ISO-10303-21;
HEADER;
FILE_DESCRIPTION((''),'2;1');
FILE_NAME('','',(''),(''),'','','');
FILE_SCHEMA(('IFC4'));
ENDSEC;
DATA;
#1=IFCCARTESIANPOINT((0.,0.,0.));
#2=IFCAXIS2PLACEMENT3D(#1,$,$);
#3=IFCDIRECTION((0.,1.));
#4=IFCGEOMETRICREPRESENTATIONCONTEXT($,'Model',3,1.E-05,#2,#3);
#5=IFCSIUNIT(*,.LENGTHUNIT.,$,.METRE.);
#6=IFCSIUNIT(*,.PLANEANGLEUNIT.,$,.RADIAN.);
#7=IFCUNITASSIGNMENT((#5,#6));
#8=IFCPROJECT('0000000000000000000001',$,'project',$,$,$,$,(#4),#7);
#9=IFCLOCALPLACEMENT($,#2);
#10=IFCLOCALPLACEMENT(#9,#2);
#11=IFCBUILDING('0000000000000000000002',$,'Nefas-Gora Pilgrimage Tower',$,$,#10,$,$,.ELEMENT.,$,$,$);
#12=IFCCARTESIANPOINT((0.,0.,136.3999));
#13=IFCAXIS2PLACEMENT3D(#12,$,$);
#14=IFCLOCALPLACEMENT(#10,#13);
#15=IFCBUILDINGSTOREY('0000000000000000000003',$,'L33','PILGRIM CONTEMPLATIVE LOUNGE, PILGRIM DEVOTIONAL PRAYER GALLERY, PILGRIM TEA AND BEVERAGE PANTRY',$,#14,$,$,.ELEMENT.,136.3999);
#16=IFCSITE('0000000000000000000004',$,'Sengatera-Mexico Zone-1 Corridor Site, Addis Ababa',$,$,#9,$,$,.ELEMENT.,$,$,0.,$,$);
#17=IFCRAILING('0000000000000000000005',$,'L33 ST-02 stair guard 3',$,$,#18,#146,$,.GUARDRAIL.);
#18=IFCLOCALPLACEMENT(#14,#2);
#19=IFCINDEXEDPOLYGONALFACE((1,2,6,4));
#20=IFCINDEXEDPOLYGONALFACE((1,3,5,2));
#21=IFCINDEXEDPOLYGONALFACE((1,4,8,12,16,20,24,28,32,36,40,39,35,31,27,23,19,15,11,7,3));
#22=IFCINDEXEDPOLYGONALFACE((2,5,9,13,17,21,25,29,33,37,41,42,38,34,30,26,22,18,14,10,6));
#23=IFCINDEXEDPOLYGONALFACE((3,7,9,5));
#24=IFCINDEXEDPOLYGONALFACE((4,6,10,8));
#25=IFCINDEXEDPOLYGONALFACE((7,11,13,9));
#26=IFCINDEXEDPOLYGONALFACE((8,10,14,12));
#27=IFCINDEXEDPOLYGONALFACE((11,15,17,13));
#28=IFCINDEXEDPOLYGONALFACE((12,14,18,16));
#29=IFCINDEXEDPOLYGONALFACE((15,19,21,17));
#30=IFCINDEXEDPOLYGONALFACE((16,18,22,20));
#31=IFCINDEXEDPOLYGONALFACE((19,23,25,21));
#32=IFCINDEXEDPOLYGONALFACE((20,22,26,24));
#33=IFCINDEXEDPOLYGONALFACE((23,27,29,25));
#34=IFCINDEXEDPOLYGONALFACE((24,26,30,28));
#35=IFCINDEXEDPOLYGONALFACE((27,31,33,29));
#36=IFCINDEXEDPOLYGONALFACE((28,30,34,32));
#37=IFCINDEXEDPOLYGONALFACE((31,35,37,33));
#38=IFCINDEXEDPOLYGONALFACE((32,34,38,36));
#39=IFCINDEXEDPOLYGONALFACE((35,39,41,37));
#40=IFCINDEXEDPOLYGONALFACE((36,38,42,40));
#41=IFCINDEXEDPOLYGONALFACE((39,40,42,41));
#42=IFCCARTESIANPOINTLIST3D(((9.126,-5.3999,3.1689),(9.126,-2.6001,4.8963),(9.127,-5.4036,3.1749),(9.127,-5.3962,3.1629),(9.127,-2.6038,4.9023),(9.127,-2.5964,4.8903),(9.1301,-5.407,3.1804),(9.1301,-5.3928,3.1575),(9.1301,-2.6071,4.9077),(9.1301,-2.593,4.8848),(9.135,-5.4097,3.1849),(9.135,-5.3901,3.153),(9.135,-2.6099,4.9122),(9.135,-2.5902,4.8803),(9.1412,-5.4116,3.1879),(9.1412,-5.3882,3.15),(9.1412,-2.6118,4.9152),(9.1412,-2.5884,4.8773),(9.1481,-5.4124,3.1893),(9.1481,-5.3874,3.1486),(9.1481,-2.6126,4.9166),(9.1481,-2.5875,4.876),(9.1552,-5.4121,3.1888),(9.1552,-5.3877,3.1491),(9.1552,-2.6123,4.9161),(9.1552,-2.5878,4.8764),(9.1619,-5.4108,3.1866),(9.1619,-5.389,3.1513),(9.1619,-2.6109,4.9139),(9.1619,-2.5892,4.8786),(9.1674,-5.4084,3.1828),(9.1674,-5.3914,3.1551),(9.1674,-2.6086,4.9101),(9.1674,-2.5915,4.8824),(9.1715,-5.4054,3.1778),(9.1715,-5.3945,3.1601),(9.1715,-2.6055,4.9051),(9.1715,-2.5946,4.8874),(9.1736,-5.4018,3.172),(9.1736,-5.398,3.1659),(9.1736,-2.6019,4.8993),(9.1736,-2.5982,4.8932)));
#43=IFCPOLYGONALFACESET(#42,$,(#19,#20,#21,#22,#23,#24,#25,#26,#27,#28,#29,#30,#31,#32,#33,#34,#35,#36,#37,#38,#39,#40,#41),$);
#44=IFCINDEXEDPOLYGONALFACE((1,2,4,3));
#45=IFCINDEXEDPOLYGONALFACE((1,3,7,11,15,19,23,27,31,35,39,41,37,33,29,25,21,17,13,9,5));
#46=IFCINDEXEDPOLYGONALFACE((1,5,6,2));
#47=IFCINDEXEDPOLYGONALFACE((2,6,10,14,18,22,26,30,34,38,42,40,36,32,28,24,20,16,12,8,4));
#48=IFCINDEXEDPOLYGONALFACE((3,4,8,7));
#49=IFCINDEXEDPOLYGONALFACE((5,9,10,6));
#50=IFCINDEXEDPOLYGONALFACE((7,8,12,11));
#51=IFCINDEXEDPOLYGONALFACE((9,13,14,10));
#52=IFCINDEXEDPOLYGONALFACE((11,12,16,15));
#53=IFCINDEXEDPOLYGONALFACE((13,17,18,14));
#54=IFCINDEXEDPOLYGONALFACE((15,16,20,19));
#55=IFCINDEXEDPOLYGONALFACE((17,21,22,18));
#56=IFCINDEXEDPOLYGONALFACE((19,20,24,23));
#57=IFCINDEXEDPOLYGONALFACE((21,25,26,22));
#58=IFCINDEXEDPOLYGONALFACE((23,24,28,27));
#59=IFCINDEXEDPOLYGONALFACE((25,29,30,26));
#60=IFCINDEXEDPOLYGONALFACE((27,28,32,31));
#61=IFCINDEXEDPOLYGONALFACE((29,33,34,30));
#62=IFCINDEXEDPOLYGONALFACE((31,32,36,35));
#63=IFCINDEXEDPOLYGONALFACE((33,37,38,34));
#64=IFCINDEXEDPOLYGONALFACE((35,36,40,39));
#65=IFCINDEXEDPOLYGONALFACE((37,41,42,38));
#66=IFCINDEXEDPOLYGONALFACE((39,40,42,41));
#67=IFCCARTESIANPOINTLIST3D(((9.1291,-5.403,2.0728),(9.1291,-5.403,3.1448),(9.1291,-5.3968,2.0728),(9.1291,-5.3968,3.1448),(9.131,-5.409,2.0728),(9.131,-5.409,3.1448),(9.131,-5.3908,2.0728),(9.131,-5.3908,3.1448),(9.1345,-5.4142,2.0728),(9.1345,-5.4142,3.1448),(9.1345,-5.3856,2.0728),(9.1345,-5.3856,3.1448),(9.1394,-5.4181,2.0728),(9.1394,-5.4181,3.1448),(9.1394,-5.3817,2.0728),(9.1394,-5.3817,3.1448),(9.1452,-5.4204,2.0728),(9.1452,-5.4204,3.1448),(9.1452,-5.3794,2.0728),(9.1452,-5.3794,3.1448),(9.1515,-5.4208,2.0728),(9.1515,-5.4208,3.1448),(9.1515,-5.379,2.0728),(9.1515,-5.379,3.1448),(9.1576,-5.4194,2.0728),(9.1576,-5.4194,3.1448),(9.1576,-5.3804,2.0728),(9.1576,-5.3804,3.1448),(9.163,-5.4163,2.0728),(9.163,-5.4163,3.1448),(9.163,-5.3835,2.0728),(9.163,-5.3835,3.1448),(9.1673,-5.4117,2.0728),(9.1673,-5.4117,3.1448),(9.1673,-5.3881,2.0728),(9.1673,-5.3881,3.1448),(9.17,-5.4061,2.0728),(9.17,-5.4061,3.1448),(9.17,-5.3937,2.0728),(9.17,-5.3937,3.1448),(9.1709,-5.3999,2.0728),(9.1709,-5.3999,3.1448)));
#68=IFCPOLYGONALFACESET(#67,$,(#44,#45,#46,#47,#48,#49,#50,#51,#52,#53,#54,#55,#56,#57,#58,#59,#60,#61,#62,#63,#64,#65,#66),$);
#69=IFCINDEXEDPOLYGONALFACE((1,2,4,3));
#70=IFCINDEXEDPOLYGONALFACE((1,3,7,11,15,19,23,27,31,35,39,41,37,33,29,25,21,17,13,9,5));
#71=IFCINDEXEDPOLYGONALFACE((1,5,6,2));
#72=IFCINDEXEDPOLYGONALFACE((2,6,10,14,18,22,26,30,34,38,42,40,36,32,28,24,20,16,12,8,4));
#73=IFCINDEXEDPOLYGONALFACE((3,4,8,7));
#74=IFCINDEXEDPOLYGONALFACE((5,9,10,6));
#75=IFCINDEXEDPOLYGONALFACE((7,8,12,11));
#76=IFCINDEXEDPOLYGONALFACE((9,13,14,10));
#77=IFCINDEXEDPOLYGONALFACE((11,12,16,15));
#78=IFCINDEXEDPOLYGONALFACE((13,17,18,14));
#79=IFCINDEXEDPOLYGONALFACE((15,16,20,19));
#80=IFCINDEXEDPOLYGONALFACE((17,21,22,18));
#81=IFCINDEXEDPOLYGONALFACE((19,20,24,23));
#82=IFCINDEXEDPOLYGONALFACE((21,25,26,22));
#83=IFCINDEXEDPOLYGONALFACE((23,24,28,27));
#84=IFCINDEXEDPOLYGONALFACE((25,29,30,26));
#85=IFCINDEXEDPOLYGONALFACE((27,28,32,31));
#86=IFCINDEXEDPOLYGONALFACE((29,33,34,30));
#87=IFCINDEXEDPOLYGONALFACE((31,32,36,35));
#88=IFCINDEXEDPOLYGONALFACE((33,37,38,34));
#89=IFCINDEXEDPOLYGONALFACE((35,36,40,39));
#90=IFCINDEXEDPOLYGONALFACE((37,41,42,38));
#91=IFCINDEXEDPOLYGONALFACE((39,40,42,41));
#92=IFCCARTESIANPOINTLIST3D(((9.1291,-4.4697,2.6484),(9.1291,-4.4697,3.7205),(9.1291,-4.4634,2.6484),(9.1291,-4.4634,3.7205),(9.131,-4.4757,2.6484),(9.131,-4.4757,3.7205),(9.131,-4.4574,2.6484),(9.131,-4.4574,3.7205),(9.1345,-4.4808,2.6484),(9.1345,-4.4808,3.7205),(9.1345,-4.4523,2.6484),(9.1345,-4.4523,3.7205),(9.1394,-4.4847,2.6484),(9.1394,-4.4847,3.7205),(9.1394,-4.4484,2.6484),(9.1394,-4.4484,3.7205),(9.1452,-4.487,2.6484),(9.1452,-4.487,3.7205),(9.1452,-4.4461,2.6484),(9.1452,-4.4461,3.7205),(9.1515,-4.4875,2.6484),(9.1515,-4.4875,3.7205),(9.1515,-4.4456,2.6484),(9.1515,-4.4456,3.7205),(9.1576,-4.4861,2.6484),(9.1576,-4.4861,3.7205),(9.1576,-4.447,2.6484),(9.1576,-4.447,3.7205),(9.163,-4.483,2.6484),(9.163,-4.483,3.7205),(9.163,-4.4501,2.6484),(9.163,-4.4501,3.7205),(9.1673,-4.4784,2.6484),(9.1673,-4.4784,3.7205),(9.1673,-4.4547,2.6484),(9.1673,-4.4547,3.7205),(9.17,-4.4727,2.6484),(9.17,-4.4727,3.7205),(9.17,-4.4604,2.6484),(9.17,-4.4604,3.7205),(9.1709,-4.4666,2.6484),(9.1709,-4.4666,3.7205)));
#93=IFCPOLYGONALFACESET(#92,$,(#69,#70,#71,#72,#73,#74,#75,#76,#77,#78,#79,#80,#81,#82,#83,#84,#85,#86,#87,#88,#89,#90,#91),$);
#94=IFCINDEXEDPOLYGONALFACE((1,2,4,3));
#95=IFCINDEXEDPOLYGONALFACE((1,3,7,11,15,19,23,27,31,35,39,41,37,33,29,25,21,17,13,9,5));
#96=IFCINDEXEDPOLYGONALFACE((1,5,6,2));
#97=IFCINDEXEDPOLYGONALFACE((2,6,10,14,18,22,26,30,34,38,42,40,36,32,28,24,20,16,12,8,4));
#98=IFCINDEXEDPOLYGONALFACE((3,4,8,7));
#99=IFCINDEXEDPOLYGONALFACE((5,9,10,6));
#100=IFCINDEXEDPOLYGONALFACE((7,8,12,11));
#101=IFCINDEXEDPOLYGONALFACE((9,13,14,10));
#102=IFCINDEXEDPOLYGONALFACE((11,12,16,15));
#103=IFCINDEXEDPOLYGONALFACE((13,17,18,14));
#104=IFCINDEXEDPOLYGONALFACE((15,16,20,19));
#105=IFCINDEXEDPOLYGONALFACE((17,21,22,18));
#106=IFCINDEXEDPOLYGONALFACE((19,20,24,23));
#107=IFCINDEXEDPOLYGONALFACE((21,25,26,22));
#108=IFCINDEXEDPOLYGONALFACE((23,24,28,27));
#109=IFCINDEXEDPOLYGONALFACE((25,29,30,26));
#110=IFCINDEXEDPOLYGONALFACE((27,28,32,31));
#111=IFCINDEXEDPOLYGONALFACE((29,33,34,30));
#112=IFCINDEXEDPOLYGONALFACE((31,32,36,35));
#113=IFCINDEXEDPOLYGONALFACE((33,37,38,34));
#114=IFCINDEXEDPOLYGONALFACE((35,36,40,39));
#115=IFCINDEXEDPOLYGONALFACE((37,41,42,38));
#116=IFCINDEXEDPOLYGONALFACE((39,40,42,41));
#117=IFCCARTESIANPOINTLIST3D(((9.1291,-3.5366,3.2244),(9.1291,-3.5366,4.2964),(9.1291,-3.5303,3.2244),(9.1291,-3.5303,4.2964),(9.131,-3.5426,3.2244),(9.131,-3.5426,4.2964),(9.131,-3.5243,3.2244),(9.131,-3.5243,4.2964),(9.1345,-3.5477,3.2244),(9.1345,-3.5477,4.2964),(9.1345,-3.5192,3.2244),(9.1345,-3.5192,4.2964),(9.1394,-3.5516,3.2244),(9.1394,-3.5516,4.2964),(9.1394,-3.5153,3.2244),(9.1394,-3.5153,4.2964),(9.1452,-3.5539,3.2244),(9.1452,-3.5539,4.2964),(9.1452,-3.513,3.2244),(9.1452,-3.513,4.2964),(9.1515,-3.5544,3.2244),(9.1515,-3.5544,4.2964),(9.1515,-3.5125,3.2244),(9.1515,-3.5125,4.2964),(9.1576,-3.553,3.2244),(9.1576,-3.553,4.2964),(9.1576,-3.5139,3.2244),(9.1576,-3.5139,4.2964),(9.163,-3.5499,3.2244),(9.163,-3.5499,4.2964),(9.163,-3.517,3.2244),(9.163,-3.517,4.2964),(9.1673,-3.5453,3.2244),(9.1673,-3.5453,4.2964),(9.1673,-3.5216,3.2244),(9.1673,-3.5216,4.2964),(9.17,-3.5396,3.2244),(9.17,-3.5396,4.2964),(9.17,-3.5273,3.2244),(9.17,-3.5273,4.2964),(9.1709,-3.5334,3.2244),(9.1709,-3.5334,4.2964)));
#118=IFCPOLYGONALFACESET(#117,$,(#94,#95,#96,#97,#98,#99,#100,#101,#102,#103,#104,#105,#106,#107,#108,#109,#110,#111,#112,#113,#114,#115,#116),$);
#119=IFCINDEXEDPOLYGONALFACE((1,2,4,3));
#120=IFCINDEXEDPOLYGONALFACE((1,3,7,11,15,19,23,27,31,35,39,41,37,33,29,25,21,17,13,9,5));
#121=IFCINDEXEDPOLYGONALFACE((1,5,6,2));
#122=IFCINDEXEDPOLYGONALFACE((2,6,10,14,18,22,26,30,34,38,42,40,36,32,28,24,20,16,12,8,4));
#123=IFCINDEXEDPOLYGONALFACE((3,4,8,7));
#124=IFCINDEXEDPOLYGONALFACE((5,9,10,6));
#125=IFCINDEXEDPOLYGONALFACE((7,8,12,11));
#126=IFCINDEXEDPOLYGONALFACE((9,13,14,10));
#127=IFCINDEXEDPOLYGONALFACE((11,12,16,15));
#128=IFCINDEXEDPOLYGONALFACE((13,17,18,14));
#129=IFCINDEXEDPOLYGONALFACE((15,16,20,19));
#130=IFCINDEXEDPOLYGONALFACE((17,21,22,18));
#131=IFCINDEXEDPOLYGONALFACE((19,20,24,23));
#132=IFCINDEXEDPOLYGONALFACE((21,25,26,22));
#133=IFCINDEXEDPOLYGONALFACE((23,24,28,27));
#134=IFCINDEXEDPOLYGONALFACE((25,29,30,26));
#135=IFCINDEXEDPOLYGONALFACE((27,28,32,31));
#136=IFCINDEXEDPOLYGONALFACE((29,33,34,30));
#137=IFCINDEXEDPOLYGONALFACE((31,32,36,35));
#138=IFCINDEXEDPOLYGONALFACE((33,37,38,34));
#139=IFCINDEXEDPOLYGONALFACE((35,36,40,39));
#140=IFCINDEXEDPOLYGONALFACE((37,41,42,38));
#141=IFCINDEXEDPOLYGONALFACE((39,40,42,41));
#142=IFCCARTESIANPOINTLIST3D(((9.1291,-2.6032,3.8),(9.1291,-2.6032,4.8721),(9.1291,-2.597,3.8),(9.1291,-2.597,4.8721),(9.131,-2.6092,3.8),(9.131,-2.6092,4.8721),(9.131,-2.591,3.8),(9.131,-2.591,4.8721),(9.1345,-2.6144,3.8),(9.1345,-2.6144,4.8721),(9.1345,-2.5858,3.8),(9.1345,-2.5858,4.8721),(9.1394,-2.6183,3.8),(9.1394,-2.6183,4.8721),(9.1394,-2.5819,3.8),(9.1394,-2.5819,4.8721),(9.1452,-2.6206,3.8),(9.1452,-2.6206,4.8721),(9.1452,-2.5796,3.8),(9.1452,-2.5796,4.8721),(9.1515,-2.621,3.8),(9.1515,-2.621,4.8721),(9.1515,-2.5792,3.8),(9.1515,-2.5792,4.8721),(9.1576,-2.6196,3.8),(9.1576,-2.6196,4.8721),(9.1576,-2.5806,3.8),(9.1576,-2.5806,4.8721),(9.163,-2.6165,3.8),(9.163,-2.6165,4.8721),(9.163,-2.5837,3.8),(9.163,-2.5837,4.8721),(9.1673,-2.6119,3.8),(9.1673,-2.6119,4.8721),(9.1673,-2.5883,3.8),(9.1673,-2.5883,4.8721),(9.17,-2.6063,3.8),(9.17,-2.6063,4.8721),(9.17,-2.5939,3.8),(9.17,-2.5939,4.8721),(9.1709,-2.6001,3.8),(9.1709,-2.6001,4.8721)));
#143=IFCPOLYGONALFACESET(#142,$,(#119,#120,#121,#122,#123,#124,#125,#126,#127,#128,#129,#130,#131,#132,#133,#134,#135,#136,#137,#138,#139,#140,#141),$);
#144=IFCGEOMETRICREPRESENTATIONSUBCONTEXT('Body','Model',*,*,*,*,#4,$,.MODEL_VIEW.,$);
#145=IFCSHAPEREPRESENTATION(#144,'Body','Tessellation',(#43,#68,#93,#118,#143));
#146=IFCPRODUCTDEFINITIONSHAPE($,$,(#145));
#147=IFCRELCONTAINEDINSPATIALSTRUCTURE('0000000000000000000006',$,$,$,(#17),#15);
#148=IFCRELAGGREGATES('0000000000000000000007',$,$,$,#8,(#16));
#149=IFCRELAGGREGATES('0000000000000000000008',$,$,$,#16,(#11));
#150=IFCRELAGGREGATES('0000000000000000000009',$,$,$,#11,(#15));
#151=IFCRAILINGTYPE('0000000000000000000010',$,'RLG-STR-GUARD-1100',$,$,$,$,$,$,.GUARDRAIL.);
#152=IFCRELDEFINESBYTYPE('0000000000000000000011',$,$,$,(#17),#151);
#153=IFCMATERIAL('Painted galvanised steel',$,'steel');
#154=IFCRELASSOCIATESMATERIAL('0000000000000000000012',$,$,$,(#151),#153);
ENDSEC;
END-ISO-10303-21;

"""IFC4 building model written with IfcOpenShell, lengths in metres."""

from ifc_helpers import new_model, si_unit, direction, frame, origin, origin_2d, place, context, subcontext, project, spatial, circle, extrude, material, type_object, element, save


model = new_model("IFC4")

# Units and contexts
model_context = context("Model", 3, precision=1e-05, world=origin(), true_north=direction((0.0, 1.0)))
body_context = subcontext(model_context, "Body", "Model", "MODEL_VIEW")
ifc_project = project(units=[si_unit("LENGTHUNIT", "METRE"), si_unit("PLANEANGLEUNIT", "RADIAN")], contexts=[model_context])

# Site, building, storey
site_placement = place(None, origin())
site = spatial("IfcSite", under=ifc_project, at=site_placement, Name="Sengatera-Mexico Zone-1 Corridor Site, Addis Ababa", CompositionType="ELEMENT", RefElevation=0.0)
building_placement = place(site_placement, origin())
building = spatial("IfcBuilding", under=site, at=building_placement, Name="Nefas-Gora Pilgrimage Tower", CompositionType="ELEMENT")
storey_placement = place(building_placement, frame((0.0, 0.0, 136.3999)))
storey = spatial("IfcBuildingStorey", under=building, at=storey_placement, Name="L33", Description="PILGRIM CONTEMPLATIVE LOUNGE, PILGRIM DEVOTIONAL PRAYER GALLERY, PILGRIM TEA AND BEVERAGE PANTRY", CompositionType="ELEMENT", Elevation=136.3999)

# Railing
ifc_material_1 = material(Name="Painted galvanised steel", Category="steel")
railing_type_1 = type_object("IfcRailingType", Name="RLG-STR-GUARD-1100", PredefinedType="GUARDRAIL", material=ifc_material_1)
railing_1_placement = place(storey_placement, frame((9.1499, -5.3999, 2.0728)))
element("IfcRailing", 1, at=railing_1_placement, inside=storey, type_object=railing_type_1, Name="L33 ST-02 stair guard 3", PredefinedType="GUARDRAIL", context=body_context, shape_type="SweptSolid", body=[
    extrude(circle(Radius=0.0239, at=origin_2d()), frame((0.0, 0.0, 1.0962), z_axis=(0.0, 0.851069, 0.525054), x_axis=(-1.0, 0.0, 0.0)), (0.0, 0.0, 1.0), 3.2898),
    extrude(circle(Radius=0.021, at=origin_2d()), origin(), (0.0, 0.0, 1.0), 1.072),
    extrude(circle(Radius=0.021, at=origin_2d()), frame((0.0, 0.9333, 0.5757)), (0.0, 0.0, 1.0), 1.072),
    extrude(circle(Radius=0.021, at=origin_2d()), frame((0.0, 1.8665, 1.1516)), (0.0, 0.0, 1.0), 1.072),
    extrude(circle(Radius=0.021, at=origin_2d()), frame((0.0, 2.7998, 1.7273)), (0.0, 0.0, 1.0), 1.072),
])

save(model, "model.ifc")
